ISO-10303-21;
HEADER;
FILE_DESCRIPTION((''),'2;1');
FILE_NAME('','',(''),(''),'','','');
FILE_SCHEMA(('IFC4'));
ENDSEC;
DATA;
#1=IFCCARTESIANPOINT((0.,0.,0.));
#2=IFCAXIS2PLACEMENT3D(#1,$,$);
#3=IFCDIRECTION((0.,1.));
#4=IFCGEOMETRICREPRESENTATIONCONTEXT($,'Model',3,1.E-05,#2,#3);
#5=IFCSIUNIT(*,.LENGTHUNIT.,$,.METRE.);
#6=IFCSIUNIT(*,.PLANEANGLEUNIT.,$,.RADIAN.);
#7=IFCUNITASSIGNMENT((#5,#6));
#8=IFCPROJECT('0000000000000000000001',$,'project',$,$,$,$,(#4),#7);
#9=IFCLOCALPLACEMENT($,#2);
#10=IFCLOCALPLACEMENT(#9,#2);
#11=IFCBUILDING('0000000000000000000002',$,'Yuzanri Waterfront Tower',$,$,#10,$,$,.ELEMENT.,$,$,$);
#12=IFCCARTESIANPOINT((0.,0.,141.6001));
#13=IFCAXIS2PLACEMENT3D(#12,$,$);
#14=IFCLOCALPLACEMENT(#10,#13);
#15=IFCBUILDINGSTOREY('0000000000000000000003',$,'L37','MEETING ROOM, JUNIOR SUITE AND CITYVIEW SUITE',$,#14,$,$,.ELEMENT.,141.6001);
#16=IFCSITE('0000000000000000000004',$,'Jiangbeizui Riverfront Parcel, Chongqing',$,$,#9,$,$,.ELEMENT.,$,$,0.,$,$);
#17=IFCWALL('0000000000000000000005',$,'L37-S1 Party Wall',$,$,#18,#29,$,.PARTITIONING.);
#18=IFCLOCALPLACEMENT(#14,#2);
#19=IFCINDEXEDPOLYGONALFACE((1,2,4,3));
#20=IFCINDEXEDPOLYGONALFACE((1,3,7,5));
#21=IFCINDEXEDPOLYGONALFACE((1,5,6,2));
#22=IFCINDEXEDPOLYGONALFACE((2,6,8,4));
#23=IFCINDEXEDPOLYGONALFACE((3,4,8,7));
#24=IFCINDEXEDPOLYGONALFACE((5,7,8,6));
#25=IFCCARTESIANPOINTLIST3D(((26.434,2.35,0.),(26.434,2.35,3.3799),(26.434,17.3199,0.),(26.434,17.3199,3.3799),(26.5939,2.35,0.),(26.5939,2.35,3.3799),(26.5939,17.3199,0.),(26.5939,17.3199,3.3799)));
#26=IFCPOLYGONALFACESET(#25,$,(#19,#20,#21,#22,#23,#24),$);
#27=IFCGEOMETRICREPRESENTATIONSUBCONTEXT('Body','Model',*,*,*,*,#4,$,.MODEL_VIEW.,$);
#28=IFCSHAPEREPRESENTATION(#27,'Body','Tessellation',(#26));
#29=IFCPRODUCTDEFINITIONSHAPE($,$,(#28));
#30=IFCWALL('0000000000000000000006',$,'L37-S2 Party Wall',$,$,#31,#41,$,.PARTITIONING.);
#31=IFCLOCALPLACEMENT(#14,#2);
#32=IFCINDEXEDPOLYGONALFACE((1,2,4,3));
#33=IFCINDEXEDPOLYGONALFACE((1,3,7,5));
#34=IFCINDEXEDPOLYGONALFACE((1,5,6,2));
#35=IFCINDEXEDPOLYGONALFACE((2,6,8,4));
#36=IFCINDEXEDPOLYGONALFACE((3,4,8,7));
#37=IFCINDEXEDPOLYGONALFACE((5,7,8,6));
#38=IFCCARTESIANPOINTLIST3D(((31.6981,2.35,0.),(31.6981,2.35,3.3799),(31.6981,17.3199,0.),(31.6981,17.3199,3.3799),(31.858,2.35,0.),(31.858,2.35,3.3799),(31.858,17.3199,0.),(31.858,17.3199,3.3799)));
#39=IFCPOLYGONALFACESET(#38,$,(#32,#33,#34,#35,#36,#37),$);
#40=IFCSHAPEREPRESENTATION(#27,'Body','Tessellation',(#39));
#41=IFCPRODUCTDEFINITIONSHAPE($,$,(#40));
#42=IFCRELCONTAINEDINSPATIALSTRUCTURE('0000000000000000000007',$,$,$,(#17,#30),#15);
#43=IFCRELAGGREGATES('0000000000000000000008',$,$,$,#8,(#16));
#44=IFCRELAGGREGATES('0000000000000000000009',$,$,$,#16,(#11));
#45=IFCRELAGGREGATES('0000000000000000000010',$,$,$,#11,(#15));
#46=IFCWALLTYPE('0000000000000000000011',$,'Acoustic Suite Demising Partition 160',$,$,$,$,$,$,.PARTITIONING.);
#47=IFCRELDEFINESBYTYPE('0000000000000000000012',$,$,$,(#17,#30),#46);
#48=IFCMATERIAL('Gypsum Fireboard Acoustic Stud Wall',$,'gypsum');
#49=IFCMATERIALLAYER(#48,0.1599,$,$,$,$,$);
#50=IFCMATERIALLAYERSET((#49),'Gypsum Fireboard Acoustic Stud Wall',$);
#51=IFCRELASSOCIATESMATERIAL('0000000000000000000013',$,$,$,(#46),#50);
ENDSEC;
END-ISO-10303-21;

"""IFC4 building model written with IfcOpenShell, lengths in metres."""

from ifc_helpers import new_model, si_unit, direction, frame, frame_2d, origin, place, context, subcontext, project, spatial, rectangle, extrude, source, transform, mapped, material, layer, layer_set, type_object, element, save


model = new_model("IFC4")

# Units and contexts
model_context = context("Model", 3, precision=1e-05, world=origin(), true_north=direction((0.0, 1.0)))
body_context = subcontext(model_context, "Body", "Model", "MODEL_VIEW")
ifc_project = project(units=[si_unit("LENGTHUNIT", "METRE"), si_unit("PLANEANGLEUNIT", "RADIAN")], contexts=[model_context])

# Site, building, storey
site_placement = place(None, origin())
site = spatial("IfcSite", under=ifc_project, at=site_placement, Name="Jiangbeizui Riverfront Parcel, Chongqing", CompositionType="ELEMENT", RefElevation=0.0)
building_placement = place(site_placement, origin())
building = spatial("IfcBuilding", under=site, at=building_placement, Name="Yuzanri Waterfront Tower", CompositionType="ELEMENT")
storey_placement = place(building_placement, frame((0.0, 0.0, 141.6001)))
storey = spatial("IfcBuildingStorey", under=building, at=storey_placement, Name="L37", Description="MEETING ROOM, JUNIOR SUITE AND CITYVIEW SUITE", CompositionType="ELEMENT", Elevation=141.6001)

# Walls
ifc_material_1 = material(Name="Gypsum Fireboard Acoustic Stud Wall", Category="gypsum")
ifc_layer_1 = layer(ifc_material_1, 0.1599)
ifc_layer_set_1 = layer_set([ifc_layer_1], Name="Gypsum Fireboard Acoustic Stud Wall")
wall_type_1 = type_object("IfcWallType", Name="Acoustic Suite Demising Partition 160", PredefinedType="PARTITIONING", material=ifc_layer_set_1)
shared_shape_1 = source(origin(), body_context, "Body", "SweptSolid", [
    extrude(rectangle(XDim=14.97, YDim=0.1599, at=frame_2d((7.4849, 0.0))), origin(), (0.0, 0.0, 1.0), 3.3799),
])
for number, where, z_axis, x_axis, name in (
    (1, (26.5139, 2.3501, 0.0), (0.0, 0.0, 1.0), (0.0, 1.0, 0.0), "L37-S1 Party Wall"),
    (2, (31.7781, 2.3501, 0.0), (0.0, 0.0, 1.0), (0.0, 1.0, 0.0), "L37-S2 Party Wall"),
):
    element("IfcWall", number, at=place(storey_placement, frame(where, z_axis=z_axis, x_axis=x_axis)), inside=storey, type_object=wall_type_1, Name=name, PredefinedType="PARTITIONING", context=body_context, shape_type="MappedRepresentation", body=[
        mapped(shared_shape_1, transform((0.0, 0.0, 0.0), scale=1.0)),
    ])

save(model, "model.ifc")
